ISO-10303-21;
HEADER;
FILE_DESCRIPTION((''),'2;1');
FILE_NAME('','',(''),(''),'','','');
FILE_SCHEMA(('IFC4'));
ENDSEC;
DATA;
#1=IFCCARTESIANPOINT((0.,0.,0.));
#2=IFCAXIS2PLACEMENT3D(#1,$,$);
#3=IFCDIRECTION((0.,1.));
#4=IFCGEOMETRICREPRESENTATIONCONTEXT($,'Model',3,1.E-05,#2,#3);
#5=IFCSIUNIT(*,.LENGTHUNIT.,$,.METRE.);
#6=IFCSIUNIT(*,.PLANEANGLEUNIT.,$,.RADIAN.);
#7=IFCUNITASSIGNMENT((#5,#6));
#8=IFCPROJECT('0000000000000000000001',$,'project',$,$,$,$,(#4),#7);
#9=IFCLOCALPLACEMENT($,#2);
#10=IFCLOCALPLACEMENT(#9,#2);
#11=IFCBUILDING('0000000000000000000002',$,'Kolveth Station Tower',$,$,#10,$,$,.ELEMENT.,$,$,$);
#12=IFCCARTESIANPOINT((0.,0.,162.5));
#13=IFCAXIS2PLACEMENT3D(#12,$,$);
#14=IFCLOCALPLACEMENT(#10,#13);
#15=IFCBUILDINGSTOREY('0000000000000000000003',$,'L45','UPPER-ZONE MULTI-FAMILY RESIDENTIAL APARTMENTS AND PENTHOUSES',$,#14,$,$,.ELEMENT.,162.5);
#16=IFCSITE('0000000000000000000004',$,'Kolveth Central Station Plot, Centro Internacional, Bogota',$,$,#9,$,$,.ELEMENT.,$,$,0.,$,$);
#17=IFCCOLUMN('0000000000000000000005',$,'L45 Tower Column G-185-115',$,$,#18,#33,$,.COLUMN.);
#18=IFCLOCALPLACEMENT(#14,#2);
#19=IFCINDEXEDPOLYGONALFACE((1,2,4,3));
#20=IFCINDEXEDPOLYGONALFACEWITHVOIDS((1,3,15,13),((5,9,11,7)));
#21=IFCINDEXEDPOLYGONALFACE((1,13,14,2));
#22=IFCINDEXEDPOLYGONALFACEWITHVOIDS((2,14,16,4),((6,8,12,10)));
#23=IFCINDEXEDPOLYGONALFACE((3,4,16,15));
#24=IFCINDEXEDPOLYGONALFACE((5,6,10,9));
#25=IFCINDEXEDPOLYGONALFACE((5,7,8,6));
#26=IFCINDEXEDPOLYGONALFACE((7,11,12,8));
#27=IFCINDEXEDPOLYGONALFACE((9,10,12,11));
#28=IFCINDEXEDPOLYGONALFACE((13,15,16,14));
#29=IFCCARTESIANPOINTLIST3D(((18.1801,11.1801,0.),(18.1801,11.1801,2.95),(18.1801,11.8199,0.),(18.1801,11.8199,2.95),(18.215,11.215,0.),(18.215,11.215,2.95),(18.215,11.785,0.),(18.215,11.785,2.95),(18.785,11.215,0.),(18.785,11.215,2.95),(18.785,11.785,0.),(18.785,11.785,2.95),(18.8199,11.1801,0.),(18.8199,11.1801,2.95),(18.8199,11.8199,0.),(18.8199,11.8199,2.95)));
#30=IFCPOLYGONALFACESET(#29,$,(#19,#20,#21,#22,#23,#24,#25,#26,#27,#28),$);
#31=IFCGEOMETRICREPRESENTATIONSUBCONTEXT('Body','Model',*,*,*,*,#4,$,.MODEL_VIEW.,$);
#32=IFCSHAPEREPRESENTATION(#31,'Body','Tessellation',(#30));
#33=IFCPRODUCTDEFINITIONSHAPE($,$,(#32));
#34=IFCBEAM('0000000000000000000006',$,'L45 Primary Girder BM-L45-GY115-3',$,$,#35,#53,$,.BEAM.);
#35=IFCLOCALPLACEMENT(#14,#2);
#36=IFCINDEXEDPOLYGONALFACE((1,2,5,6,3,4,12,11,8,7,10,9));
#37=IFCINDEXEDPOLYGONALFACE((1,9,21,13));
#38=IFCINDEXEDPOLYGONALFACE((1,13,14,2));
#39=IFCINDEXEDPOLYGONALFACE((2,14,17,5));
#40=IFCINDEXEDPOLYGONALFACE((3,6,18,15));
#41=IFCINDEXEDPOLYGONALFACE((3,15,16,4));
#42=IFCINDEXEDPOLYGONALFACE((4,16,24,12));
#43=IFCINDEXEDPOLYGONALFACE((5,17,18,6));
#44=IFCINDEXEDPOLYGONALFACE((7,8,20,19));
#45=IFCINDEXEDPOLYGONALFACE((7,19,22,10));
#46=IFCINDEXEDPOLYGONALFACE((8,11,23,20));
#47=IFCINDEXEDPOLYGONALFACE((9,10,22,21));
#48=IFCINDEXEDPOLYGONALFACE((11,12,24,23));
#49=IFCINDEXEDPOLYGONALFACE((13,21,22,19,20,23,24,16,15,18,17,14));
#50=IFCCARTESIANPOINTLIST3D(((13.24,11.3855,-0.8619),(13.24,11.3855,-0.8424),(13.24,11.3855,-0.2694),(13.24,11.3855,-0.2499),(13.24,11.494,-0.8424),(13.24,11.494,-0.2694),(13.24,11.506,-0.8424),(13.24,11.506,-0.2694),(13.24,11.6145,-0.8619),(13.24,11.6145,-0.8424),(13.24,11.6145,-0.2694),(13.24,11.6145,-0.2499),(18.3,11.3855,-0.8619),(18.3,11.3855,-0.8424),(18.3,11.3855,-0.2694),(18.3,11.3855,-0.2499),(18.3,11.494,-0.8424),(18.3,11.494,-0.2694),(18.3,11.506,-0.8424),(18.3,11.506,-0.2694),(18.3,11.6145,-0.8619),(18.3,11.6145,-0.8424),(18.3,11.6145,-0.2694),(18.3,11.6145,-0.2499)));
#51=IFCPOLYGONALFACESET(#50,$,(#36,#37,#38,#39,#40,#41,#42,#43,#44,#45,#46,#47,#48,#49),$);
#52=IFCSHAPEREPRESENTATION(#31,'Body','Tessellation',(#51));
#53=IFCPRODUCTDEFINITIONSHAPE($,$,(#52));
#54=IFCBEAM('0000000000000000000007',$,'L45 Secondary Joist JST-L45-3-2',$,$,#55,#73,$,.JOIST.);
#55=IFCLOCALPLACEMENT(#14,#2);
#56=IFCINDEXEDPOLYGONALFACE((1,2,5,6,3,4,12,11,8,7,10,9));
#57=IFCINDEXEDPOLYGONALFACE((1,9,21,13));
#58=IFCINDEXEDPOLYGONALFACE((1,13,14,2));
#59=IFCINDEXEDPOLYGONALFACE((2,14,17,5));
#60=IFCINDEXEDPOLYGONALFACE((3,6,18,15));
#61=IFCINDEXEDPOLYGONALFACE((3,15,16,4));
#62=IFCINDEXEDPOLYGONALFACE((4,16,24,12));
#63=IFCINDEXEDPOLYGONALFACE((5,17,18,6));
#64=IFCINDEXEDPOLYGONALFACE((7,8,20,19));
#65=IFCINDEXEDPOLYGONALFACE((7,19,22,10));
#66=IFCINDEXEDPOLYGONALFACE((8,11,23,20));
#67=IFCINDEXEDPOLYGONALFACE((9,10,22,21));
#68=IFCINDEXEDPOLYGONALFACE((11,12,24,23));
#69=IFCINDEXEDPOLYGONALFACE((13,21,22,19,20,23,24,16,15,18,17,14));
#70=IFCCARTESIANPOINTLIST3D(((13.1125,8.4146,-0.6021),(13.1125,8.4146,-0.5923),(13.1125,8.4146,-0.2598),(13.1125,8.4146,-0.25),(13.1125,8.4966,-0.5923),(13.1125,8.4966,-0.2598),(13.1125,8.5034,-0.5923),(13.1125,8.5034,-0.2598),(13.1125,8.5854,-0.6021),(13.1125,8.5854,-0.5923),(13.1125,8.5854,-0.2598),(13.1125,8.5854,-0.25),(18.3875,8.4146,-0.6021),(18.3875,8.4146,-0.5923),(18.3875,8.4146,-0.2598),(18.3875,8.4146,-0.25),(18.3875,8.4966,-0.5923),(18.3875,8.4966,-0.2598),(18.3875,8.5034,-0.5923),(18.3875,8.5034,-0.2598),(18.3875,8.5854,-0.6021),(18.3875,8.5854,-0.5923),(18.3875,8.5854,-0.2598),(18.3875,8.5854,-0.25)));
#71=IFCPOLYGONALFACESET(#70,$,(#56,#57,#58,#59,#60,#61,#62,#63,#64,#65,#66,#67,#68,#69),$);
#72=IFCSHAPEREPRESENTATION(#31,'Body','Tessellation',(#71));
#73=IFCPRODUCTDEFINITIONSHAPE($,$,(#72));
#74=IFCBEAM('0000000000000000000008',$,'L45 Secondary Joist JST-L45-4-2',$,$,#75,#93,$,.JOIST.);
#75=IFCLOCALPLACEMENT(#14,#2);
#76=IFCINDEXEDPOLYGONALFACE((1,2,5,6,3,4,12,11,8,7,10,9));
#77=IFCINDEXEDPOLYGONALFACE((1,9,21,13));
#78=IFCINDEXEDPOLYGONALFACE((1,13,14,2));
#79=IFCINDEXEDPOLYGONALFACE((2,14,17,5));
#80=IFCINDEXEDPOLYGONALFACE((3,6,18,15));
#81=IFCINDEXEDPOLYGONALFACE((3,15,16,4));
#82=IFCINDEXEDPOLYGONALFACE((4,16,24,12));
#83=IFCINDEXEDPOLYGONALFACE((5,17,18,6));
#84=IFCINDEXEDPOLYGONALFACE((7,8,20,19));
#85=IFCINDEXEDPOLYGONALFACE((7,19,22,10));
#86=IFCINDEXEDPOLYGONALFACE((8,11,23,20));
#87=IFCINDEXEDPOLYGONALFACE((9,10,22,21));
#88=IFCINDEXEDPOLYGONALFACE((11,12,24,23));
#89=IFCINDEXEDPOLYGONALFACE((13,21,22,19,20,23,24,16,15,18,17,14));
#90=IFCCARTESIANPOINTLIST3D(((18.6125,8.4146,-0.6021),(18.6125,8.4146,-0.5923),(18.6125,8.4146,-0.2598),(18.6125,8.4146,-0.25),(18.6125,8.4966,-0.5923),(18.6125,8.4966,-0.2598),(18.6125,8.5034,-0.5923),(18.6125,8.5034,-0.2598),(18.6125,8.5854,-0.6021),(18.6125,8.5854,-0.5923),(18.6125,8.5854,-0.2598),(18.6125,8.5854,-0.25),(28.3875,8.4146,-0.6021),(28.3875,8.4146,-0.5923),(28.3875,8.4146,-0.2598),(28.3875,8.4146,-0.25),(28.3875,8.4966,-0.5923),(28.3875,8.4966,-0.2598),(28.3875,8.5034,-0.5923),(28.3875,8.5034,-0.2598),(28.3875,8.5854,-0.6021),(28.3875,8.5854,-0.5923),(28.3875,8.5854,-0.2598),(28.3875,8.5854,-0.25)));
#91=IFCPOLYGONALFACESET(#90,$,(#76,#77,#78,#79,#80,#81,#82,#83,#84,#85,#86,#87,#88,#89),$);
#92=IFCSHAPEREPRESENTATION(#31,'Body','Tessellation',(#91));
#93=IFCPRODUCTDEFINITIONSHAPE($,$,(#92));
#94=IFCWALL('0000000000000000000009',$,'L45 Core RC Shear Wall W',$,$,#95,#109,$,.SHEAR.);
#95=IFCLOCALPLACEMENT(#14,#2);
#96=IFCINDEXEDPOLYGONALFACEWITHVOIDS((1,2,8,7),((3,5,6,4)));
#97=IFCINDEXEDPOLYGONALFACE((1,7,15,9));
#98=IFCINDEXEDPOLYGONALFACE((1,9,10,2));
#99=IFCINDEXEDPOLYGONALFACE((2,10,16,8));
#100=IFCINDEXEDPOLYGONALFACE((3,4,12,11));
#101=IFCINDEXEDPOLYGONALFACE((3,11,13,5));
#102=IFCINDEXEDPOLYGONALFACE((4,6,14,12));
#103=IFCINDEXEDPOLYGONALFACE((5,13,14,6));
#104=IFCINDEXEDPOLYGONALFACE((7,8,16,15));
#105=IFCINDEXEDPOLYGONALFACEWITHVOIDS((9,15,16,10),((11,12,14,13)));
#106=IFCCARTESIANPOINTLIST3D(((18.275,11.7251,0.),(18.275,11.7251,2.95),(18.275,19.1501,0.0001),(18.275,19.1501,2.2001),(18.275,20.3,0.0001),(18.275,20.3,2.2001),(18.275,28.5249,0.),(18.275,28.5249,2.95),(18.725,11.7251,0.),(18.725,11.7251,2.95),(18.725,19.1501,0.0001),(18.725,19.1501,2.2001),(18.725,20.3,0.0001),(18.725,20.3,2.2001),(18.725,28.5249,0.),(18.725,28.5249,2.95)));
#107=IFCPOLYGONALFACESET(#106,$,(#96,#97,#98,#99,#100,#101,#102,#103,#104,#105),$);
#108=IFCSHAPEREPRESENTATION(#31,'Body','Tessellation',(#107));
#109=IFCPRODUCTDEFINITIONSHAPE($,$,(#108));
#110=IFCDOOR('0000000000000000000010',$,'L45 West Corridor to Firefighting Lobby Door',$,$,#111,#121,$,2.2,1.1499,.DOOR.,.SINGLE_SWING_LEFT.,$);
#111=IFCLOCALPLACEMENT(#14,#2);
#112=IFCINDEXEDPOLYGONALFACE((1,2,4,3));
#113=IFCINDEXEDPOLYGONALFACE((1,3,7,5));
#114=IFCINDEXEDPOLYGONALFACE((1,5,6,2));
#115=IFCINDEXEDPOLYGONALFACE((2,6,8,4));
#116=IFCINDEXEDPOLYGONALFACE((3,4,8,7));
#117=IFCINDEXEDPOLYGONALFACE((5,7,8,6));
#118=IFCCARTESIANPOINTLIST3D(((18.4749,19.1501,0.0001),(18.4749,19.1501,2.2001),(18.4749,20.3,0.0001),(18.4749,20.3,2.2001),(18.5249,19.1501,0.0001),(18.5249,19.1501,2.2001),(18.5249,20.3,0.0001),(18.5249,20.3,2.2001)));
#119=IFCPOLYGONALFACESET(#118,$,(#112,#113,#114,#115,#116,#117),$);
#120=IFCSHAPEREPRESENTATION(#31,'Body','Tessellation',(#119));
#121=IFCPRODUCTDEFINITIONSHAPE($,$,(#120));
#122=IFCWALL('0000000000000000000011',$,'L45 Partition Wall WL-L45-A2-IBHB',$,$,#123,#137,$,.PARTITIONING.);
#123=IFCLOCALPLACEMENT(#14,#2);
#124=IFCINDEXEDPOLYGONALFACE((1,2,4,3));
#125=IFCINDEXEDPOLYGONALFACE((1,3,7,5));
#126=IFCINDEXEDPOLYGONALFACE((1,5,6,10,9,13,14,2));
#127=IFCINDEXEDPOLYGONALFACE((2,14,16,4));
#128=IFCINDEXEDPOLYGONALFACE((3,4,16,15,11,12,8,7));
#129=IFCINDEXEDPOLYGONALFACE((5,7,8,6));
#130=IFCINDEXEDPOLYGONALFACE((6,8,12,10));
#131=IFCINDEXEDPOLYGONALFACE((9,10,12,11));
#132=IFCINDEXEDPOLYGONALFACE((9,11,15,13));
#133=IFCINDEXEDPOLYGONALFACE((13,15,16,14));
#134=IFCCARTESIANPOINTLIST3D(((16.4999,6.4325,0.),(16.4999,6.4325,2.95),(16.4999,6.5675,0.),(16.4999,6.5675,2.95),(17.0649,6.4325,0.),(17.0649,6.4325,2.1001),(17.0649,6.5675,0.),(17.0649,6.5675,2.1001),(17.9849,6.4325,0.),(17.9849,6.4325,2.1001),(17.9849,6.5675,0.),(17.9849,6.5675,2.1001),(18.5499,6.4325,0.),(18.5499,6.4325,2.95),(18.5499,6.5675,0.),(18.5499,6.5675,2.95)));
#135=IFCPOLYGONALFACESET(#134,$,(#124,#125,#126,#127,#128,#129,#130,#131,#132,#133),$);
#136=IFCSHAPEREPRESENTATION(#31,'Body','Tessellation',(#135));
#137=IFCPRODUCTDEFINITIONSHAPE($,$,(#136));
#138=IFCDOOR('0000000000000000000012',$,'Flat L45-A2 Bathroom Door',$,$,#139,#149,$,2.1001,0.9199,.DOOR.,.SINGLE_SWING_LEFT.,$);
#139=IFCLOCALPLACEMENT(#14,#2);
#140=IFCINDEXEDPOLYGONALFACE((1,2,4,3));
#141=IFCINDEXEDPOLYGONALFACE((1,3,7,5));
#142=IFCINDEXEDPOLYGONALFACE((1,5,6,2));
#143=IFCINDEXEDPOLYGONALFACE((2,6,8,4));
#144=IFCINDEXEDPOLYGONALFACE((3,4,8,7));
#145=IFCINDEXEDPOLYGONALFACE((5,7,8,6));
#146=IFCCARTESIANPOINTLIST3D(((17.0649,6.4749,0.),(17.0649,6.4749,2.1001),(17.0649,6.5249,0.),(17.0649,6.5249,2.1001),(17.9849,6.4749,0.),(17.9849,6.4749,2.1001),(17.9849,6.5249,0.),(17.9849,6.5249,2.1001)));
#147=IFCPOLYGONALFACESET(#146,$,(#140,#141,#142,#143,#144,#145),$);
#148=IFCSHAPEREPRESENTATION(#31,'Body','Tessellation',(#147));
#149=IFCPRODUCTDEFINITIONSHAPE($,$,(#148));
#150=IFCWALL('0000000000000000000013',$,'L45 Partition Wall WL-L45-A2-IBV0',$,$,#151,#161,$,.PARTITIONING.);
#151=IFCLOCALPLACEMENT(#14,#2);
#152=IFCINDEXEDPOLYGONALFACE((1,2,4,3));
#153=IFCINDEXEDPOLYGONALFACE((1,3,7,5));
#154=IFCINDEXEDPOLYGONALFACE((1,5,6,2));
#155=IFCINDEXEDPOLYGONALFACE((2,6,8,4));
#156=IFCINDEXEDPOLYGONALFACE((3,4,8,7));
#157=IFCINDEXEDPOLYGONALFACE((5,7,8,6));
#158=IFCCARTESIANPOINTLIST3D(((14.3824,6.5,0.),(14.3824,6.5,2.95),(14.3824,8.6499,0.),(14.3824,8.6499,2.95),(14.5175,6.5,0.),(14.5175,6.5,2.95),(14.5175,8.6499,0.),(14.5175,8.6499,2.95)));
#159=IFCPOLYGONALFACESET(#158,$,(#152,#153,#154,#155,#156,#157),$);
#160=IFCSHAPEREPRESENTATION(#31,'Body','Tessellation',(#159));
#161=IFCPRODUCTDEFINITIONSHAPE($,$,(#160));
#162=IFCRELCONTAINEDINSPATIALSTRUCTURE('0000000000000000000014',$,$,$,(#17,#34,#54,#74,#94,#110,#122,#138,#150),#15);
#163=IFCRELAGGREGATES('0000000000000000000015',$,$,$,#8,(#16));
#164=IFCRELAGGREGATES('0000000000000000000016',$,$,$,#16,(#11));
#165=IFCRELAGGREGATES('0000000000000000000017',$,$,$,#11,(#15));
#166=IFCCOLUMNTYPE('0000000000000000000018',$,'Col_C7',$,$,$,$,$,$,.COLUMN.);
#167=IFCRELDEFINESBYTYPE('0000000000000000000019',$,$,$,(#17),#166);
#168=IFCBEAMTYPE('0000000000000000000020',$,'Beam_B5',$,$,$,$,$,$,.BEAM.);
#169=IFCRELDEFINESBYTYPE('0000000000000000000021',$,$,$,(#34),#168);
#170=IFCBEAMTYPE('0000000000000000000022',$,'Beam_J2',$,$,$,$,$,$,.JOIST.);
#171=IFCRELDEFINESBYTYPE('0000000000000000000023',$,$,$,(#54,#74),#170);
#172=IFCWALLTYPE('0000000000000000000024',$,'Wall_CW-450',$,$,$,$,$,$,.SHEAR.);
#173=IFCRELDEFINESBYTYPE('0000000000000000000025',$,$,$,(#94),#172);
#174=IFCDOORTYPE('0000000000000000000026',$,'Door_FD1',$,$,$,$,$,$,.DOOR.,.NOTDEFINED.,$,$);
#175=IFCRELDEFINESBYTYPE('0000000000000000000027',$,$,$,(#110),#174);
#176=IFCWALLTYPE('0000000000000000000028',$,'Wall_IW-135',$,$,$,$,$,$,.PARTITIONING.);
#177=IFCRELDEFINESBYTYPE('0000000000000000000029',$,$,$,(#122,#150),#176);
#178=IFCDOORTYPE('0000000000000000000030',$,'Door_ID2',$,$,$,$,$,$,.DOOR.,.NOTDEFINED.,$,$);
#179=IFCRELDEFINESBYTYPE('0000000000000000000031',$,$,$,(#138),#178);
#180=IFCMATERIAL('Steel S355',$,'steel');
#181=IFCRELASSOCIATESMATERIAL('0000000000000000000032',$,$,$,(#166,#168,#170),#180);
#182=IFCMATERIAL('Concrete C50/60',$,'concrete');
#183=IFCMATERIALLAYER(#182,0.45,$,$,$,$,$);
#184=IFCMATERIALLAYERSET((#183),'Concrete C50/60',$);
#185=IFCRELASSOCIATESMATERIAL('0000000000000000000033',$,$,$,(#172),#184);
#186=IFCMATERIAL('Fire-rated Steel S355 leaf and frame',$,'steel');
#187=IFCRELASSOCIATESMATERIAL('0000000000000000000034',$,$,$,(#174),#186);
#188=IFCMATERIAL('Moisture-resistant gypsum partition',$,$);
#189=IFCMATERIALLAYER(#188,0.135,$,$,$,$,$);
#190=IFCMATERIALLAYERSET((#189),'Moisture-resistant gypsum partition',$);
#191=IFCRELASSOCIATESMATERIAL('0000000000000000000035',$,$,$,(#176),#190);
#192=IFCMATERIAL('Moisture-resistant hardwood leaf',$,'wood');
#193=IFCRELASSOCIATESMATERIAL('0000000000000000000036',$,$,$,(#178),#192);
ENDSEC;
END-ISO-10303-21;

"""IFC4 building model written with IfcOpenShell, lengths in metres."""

from ifc_helpers import new_model, si_unit, direction, frame, frame_2d, origin, origin_2d, place, context, subcontext, project, spatial, rectangle, hollow_rectangle, i_section, extrude, source, transform, mapped, material, layer, layer_set, material_profile, profile_set, type_object, element, fill, save


model = new_model("IFC4")

# Units and contexts
model_context = context("Model", 3, precision=1e-05, world=origin(), true_north=direction((0.0, 1.0)))
body_context = subcontext(model_context, "Body", "Model", "MODEL_VIEW")
ifc_project = project(units=[si_unit("LENGTHUNIT", "METRE"), si_unit("PLANEANGLEUNIT", "RADIAN")], contexts=[model_context])

# Site, building, storey
site_placement = place(None, origin())
site = spatial("IfcSite", under=ifc_project, at=site_placement, Name="Kolveth Central Station Plot, Centro Internacional, Bogota", CompositionType="ELEMENT", RefElevation=0.0)
building_placement = place(site_placement, origin())
building = spatial("IfcBuilding", under=site, at=building_placement, Name="Kolveth Station Tower", CompositionType="ELEMENT")
storey_placement = place(building_placement, frame((0.0, 0.0, 162.5)))
storey = spatial("IfcBuildingStorey", under=building, at=storey_placement, Name="L45", Description="UPPER-ZONE MULTI-FAMILY RESIDENTIAL APARTMENTS AND PENTHOUSES", CompositionType="ELEMENT", Elevation=162.5)

# Column
ifc_material_1 = material(Name="Steel S355", Category="steel")
ifc_material_profile_1 = material_profile(ifc_material_1, hollow_rectangle(XDim=0.6399, YDim=0.6399, WallThickness=0.0349, at=origin_2d()), Name="BOX640x640x35")
ifc_profile_set_1 = profile_set([ifc_material_profile_1], Name="Steel S355")
column_type = type_object("IfcColumnType", Name="Col_C7", PredefinedType="COLUMN", material=ifc_profile_set_1)
shared_shape_1 = source(origin(), body_context, "Body", "SweptSolid", [
    extrude(hollow_rectangle(XDim=0.6399, YDim=0.6399, WallThickness=0.0349, at=origin_2d()), origin(), (0.0, 0.0, 1.0), 2.95),
])
column_placement = place(storey_placement, frame((18.5, 11.5, 0.0), z_axis=(0.0, 0.0, 1.0), x_axis=(1.0, 0.0, 0.0)))
element("IfcColumn", 1, at=column_placement, inside=storey, type_object=column_type, Name="L45 Tower Column G-185-115", PredefinedType="COLUMN", context=body_context, shape_type="MappedRepresentation", body=[
    mapped(shared_shape_1, transform((0.0, 0.0, 0.0), x_axis=(1.0, 0.0, 0.0), y_axis=(0.0, 1.0, 0.0), z_axis=(0.0, 0.0, 1.0), scale=1.0)),
])

# Beams
ifc_material_profile_2 = material_profile(ifc_material_1, i_section(OverallWidth=0.229, OverallDepth=0.6121, WebThickness=0.012, FlangeThickness=0.0195, at=origin_2d()), Name="W610x125")
ifc_profile_set_2 = profile_set([ifc_material_profile_2], Name="Steel S355")
beam_type_1 = type_object("IfcBeamType", Name="Beam_B5", PredefinedType="BEAM", material=ifc_profile_set_2)
shared_shape_2 = source(origin(), body_context, "Body", "SweptSolid", [
    extrude(i_section(OverallWidth=0.229, OverallDepth=0.6121, WebThickness=0.012, FlangeThickness=0.0195, at=origin_2d()), origin(), (0.0, 0.0, 1.0), 5.0601),
])
beam_1_placement = place(storey_placement, frame((13.24, 11.5, -0.5559), z_axis=(1.0, 0.0, 0.0), x_axis=(0.0, 1.0, 0.0)))
element("IfcBeam", 2, at=beam_1_placement, inside=storey, type_object=beam_type_1, Name="L45 Primary Girder BM-L45-GY115-3", PredefinedType="BEAM", context=body_context, shape_type="MappedRepresentation", body=[
    mapped(shared_shape_2, transform((0.0, 0.0, 0.0), x_axis=(1.0, 0.0, 0.0), y_axis=(0.0, 1.0, 0.0), z_axis=(0.0, 0.0, 1.0), scale=1.0)),
])
ifc_material_profile_3 = material_profile(ifc_material_1, i_section(OverallWidth=0.1709, OverallDepth=0.3521, WebThickness=0.0068, FlangeThickness=0.0098, at=origin_2d()), Name="W360x44")
ifc_profile_set_3 = profile_set([ifc_material_profile_3], Name="Steel S355")
beam_type_2 = type_object("IfcBeamType", Name="Beam_J2", PredefinedType="JOIST", material=ifc_profile_set_3)
shared_shape_3 = source(origin(), body_context, "Body", "SweptSolid", [
    extrude(i_section(OverallWidth=0.1709, OverallDepth=0.3521, WebThickness=0.0068, FlangeThickness=0.0098, at=origin_2d()), origin(), (0.0, 0.0, 1.0), 5.2749),
])
beam_2_placement = place(storey_placement, frame((13.1125, 8.5, -0.426), z_axis=(1.0, 0.0, 0.0), x_axis=(0.0, 1.0, 0.0)))
element("IfcBeam", 3, at=beam_2_placement, inside=storey, type_object=beam_type_2, Name="L45 Secondary Joist JST-L45-3-2", PredefinedType="JOIST", context=body_context, shape_type="MappedRepresentation", body=[
    mapped(shared_shape_3, transform((0.0, 0.0, 0.0), x_axis=(1.0, 0.0, 0.0), y_axis=(0.0, 1.0, 0.0), z_axis=(0.0, 0.0, 1.0), scale=1.0)),
])
shared_shape_4 = source(origin(), body_context, "Body", "SweptSolid", [
    extrude(i_section(OverallWidth=0.1709, OverallDepth=0.3521, WebThickness=0.0068, FlangeThickness=0.0098, at=origin_2d()), origin(), (0.0, 0.0, 1.0), 9.7749),
])
beam_3_placement = place(storey_placement, frame((18.6125, 8.5, -0.426), z_axis=(1.0, 0.0, 0.0), x_axis=(0.0, 1.0, 0.0)))
element("IfcBeam", 4, at=beam_3_placement, inside=storey, type_object=beam_type_2, Name="L45 Secondary Joist JST-L45-4-2", PredefinedType="JOIST", context=body_context, shape_type="MappedRepresentation", body=[
    mapped(shared_shape_4, transform((0.0, 0.0, 0.0), x_axis=(1.0, 0.0, 0.0), y_axis=(0.0, 1.0, 0.0), z_axis=(0.0, 0.0, 1.0), scale=1.0)),
])

# Shared definitions
ifc_material_2 = material(Name="Concrete C50/60", Category="concrete")
ifc_layer_1 = layer(ifc_material_2, 0.45)
ifc_layer_set_1 = layer_set([ifc_layer_1], Name="Concrete C50/60")
wall_type_1 = type_object("IfcWallType", Name="Wall_CW-450", PredefinedType="SHEAR", material=ifc_layer_set_1)

# Walls, openings, doors
wall_1_placement = place(storey_placement, frame((18.5, 11.7251, 0.0), z_axis=(0.0, 0.0, 1.0), x_axis=(0.0, 1.0, 0.0)))
wall_1 = element("IfcWall", 5, at=wall_1_placement, inside=storey, type_object=wall_type_1, Name="L45 Core RC Shear Wall W", PredefinedType="SHEAR", context=body_context, shape_type="SweptSolid", body=[
    extrude(rectangle(XDim=16.7998, YDim=0.45, at=frame_2d((8.3999, 0.0))), origin(), (0.0, 0.0, 1.0), 2.95),
])
opening_1_placement = place(wall_1_placement, frame((7.425, 0.0, 0.0)))
opening_1 = element("IfcOpeningElement", 6, at=opening_1_placement, cuts=wall_1, PredefinedType="OPENING", context=body_context, shape_type="SweptSolid", body=[
    extrude(rectangle(XDim=1.1499, YDim=2.2, at=frame_2d((0.575, 1.1001))), frame((0.0, 0.2349, 0.0), z_axis=(0.0, -1.0, 0.0), x_axis=(1.0, 0.0, 0.0)), (0.0, 0.0, 1.0), 0.47),
])
ifc_material_3 = material(Name="Fire-rated Steel S355 leaf and frame", Category="steel")
door_type_1 = type_object("IfcDoorType", Name="Door_FD1", OperationType="NOTDEFINED", PredefinedType="DOOR", material=ifc_material_3)
door_1_placement = place(opening_1_placement, frame((1.1499, 0.0, 0.0), z_axis=(0.0, 0.0, 1.0), x_axis=(-1.0, 0.0, 0.0)))
door_1 = element("IfcDoor", 7, at=door_1_placement, inside=storey, type_object=door_type_1, Name="L45 West Corridor to Firefighting Lobby Door", OperationType="SINGLE_SWING_LEFT", OverallHeight=2.2, OverallWidth=1.1499, PredefinedType="DOOR", context=body_context, shape_type="SweptSolid", body=[
    extrude(rectangle(XDim=1.1499, YDim=2.2, at=frame_2d((0.575, 1.1001))), frame((0.0, 0.0249, 0.0), z_axis=(0.0, -1.0, 0.0), x_axis=(1.0, 0.0, 0.0)), (0.0, 0.0, 1.0), 0.05),
])
fill(opening_1, door_1)
ifc_material_4 = material(Name="Moisture-resistant gypsum partition")
ifc_layer_2 = layer(ifc_material_4, 0.135)
ifc_layer_set_2 = layer_set([ifc_layer_2], Name="Moisture-resistant gypsum partition")
wall_type_2 = type_object("IfcWallType", Name="Wall_IW-135", PredefinedType="PARTITIONING", material=ifc_layer_set_2)
wall_2_placement = place(storey_placement, frame((16.5, 6.5, 0.0), z_axis=(0.0, 0.0, 1.0), x_axis=(1.0, 0.0, 0.0)))
wall_2 = element("IfcWall", 8, at=wall_2_placement, inside=storey, type_object=wall_type_2, Name="L45 Partition Wall WL-L45-A2-IBHB", PredefinedType="PARTITIONING", context=body_context, shape_type="SweptSolid", body=[
    extrude(rectangle(XDim=2.05, YDim=0.135, at=frame_2d((1.0249, 0.0))), origin(), (0.0, 0.0, 1.0), 2.95),
])
opening_2_placement = place(wall_2_placement, frame((0.5649, 0.0, 0.0)))
opening_2 = element("IfcOpeningElement", 9, at=opening_2_placement, cuts=wall_2, PredefinedType="OPENING", context=body_context, shape_type="SweptSolid", body=[
    extrude(rectangle(XDim=0.9199, YDim=2.1001, at=frame_2d((0.46, 1.05))), frame((0.0, 0.0774, 0.0), z_axis=(0.0, -1.0, 0.0), x_axis=(1.0, 0.0, 0.0)), (0.0, 0.0, 1.0), 0.155),
])
ifc_material_5 = material(Name="Moisture-resistant hardwood leaf", Category="wood")
door_type_2 = type_object("IfcDoorType", Name="Door_ID2", OperationType="NOTDEFINED", PredefinedType="DOOR", material=ifc_material_5)
door_2_placement = place(opening_2_placement, origin())
door_2 = element("IfcDoor", 10, at=door_2_placement, inside=storey, type_object=door_type_2, Name="Flat L45-A2 Bathroom Door", OperationType="SINGLE_SWING_LEFT", OverallHeight=2.1001, OverallWidth=0.9199, PredefinedType="DOOR", context=body_context, shape_type="SweptSolid", body=[
    extrude(rectangle(XDim=0.9199, YDim=2.1001, at=frame_2d((0.46, 1.05))), frame((0.0, 0.0249, 0.0), z_axis=(0.0, -1.0, 0.0), x_axis=(1.0, 0.0, 0.0)), (0.0, 0.0, 1.0), 0.05),
])
fill(opening_2, door_2)

# Wall
for number, where, z_axis, x_axis, name in (
    (11, (14.45, 6.5, 0.0), (0.0, 0.0, 1.0), (0.0, 1.0, 0.0), "L45 Partition Wall WL-L45-A2-IBV0"),
):
    element("IfcWall", number, at=place(storey_placement, frame(where, z_axis=z_axis, x_axis=x_axis)), inside=storey, type_object=wall_type_2, Name=name, PredefinedType="PARTITIONING", context=body_context, shape_type="SweptSolid", body=[
        extrude(rectangle(XDim=2.1499, YDim=0.135, at=frame_2d((1.075, 0.0))), origin(), (0.0, 0.0, 1.0), 2.95),
    ])

save(model, "model.ifc")
